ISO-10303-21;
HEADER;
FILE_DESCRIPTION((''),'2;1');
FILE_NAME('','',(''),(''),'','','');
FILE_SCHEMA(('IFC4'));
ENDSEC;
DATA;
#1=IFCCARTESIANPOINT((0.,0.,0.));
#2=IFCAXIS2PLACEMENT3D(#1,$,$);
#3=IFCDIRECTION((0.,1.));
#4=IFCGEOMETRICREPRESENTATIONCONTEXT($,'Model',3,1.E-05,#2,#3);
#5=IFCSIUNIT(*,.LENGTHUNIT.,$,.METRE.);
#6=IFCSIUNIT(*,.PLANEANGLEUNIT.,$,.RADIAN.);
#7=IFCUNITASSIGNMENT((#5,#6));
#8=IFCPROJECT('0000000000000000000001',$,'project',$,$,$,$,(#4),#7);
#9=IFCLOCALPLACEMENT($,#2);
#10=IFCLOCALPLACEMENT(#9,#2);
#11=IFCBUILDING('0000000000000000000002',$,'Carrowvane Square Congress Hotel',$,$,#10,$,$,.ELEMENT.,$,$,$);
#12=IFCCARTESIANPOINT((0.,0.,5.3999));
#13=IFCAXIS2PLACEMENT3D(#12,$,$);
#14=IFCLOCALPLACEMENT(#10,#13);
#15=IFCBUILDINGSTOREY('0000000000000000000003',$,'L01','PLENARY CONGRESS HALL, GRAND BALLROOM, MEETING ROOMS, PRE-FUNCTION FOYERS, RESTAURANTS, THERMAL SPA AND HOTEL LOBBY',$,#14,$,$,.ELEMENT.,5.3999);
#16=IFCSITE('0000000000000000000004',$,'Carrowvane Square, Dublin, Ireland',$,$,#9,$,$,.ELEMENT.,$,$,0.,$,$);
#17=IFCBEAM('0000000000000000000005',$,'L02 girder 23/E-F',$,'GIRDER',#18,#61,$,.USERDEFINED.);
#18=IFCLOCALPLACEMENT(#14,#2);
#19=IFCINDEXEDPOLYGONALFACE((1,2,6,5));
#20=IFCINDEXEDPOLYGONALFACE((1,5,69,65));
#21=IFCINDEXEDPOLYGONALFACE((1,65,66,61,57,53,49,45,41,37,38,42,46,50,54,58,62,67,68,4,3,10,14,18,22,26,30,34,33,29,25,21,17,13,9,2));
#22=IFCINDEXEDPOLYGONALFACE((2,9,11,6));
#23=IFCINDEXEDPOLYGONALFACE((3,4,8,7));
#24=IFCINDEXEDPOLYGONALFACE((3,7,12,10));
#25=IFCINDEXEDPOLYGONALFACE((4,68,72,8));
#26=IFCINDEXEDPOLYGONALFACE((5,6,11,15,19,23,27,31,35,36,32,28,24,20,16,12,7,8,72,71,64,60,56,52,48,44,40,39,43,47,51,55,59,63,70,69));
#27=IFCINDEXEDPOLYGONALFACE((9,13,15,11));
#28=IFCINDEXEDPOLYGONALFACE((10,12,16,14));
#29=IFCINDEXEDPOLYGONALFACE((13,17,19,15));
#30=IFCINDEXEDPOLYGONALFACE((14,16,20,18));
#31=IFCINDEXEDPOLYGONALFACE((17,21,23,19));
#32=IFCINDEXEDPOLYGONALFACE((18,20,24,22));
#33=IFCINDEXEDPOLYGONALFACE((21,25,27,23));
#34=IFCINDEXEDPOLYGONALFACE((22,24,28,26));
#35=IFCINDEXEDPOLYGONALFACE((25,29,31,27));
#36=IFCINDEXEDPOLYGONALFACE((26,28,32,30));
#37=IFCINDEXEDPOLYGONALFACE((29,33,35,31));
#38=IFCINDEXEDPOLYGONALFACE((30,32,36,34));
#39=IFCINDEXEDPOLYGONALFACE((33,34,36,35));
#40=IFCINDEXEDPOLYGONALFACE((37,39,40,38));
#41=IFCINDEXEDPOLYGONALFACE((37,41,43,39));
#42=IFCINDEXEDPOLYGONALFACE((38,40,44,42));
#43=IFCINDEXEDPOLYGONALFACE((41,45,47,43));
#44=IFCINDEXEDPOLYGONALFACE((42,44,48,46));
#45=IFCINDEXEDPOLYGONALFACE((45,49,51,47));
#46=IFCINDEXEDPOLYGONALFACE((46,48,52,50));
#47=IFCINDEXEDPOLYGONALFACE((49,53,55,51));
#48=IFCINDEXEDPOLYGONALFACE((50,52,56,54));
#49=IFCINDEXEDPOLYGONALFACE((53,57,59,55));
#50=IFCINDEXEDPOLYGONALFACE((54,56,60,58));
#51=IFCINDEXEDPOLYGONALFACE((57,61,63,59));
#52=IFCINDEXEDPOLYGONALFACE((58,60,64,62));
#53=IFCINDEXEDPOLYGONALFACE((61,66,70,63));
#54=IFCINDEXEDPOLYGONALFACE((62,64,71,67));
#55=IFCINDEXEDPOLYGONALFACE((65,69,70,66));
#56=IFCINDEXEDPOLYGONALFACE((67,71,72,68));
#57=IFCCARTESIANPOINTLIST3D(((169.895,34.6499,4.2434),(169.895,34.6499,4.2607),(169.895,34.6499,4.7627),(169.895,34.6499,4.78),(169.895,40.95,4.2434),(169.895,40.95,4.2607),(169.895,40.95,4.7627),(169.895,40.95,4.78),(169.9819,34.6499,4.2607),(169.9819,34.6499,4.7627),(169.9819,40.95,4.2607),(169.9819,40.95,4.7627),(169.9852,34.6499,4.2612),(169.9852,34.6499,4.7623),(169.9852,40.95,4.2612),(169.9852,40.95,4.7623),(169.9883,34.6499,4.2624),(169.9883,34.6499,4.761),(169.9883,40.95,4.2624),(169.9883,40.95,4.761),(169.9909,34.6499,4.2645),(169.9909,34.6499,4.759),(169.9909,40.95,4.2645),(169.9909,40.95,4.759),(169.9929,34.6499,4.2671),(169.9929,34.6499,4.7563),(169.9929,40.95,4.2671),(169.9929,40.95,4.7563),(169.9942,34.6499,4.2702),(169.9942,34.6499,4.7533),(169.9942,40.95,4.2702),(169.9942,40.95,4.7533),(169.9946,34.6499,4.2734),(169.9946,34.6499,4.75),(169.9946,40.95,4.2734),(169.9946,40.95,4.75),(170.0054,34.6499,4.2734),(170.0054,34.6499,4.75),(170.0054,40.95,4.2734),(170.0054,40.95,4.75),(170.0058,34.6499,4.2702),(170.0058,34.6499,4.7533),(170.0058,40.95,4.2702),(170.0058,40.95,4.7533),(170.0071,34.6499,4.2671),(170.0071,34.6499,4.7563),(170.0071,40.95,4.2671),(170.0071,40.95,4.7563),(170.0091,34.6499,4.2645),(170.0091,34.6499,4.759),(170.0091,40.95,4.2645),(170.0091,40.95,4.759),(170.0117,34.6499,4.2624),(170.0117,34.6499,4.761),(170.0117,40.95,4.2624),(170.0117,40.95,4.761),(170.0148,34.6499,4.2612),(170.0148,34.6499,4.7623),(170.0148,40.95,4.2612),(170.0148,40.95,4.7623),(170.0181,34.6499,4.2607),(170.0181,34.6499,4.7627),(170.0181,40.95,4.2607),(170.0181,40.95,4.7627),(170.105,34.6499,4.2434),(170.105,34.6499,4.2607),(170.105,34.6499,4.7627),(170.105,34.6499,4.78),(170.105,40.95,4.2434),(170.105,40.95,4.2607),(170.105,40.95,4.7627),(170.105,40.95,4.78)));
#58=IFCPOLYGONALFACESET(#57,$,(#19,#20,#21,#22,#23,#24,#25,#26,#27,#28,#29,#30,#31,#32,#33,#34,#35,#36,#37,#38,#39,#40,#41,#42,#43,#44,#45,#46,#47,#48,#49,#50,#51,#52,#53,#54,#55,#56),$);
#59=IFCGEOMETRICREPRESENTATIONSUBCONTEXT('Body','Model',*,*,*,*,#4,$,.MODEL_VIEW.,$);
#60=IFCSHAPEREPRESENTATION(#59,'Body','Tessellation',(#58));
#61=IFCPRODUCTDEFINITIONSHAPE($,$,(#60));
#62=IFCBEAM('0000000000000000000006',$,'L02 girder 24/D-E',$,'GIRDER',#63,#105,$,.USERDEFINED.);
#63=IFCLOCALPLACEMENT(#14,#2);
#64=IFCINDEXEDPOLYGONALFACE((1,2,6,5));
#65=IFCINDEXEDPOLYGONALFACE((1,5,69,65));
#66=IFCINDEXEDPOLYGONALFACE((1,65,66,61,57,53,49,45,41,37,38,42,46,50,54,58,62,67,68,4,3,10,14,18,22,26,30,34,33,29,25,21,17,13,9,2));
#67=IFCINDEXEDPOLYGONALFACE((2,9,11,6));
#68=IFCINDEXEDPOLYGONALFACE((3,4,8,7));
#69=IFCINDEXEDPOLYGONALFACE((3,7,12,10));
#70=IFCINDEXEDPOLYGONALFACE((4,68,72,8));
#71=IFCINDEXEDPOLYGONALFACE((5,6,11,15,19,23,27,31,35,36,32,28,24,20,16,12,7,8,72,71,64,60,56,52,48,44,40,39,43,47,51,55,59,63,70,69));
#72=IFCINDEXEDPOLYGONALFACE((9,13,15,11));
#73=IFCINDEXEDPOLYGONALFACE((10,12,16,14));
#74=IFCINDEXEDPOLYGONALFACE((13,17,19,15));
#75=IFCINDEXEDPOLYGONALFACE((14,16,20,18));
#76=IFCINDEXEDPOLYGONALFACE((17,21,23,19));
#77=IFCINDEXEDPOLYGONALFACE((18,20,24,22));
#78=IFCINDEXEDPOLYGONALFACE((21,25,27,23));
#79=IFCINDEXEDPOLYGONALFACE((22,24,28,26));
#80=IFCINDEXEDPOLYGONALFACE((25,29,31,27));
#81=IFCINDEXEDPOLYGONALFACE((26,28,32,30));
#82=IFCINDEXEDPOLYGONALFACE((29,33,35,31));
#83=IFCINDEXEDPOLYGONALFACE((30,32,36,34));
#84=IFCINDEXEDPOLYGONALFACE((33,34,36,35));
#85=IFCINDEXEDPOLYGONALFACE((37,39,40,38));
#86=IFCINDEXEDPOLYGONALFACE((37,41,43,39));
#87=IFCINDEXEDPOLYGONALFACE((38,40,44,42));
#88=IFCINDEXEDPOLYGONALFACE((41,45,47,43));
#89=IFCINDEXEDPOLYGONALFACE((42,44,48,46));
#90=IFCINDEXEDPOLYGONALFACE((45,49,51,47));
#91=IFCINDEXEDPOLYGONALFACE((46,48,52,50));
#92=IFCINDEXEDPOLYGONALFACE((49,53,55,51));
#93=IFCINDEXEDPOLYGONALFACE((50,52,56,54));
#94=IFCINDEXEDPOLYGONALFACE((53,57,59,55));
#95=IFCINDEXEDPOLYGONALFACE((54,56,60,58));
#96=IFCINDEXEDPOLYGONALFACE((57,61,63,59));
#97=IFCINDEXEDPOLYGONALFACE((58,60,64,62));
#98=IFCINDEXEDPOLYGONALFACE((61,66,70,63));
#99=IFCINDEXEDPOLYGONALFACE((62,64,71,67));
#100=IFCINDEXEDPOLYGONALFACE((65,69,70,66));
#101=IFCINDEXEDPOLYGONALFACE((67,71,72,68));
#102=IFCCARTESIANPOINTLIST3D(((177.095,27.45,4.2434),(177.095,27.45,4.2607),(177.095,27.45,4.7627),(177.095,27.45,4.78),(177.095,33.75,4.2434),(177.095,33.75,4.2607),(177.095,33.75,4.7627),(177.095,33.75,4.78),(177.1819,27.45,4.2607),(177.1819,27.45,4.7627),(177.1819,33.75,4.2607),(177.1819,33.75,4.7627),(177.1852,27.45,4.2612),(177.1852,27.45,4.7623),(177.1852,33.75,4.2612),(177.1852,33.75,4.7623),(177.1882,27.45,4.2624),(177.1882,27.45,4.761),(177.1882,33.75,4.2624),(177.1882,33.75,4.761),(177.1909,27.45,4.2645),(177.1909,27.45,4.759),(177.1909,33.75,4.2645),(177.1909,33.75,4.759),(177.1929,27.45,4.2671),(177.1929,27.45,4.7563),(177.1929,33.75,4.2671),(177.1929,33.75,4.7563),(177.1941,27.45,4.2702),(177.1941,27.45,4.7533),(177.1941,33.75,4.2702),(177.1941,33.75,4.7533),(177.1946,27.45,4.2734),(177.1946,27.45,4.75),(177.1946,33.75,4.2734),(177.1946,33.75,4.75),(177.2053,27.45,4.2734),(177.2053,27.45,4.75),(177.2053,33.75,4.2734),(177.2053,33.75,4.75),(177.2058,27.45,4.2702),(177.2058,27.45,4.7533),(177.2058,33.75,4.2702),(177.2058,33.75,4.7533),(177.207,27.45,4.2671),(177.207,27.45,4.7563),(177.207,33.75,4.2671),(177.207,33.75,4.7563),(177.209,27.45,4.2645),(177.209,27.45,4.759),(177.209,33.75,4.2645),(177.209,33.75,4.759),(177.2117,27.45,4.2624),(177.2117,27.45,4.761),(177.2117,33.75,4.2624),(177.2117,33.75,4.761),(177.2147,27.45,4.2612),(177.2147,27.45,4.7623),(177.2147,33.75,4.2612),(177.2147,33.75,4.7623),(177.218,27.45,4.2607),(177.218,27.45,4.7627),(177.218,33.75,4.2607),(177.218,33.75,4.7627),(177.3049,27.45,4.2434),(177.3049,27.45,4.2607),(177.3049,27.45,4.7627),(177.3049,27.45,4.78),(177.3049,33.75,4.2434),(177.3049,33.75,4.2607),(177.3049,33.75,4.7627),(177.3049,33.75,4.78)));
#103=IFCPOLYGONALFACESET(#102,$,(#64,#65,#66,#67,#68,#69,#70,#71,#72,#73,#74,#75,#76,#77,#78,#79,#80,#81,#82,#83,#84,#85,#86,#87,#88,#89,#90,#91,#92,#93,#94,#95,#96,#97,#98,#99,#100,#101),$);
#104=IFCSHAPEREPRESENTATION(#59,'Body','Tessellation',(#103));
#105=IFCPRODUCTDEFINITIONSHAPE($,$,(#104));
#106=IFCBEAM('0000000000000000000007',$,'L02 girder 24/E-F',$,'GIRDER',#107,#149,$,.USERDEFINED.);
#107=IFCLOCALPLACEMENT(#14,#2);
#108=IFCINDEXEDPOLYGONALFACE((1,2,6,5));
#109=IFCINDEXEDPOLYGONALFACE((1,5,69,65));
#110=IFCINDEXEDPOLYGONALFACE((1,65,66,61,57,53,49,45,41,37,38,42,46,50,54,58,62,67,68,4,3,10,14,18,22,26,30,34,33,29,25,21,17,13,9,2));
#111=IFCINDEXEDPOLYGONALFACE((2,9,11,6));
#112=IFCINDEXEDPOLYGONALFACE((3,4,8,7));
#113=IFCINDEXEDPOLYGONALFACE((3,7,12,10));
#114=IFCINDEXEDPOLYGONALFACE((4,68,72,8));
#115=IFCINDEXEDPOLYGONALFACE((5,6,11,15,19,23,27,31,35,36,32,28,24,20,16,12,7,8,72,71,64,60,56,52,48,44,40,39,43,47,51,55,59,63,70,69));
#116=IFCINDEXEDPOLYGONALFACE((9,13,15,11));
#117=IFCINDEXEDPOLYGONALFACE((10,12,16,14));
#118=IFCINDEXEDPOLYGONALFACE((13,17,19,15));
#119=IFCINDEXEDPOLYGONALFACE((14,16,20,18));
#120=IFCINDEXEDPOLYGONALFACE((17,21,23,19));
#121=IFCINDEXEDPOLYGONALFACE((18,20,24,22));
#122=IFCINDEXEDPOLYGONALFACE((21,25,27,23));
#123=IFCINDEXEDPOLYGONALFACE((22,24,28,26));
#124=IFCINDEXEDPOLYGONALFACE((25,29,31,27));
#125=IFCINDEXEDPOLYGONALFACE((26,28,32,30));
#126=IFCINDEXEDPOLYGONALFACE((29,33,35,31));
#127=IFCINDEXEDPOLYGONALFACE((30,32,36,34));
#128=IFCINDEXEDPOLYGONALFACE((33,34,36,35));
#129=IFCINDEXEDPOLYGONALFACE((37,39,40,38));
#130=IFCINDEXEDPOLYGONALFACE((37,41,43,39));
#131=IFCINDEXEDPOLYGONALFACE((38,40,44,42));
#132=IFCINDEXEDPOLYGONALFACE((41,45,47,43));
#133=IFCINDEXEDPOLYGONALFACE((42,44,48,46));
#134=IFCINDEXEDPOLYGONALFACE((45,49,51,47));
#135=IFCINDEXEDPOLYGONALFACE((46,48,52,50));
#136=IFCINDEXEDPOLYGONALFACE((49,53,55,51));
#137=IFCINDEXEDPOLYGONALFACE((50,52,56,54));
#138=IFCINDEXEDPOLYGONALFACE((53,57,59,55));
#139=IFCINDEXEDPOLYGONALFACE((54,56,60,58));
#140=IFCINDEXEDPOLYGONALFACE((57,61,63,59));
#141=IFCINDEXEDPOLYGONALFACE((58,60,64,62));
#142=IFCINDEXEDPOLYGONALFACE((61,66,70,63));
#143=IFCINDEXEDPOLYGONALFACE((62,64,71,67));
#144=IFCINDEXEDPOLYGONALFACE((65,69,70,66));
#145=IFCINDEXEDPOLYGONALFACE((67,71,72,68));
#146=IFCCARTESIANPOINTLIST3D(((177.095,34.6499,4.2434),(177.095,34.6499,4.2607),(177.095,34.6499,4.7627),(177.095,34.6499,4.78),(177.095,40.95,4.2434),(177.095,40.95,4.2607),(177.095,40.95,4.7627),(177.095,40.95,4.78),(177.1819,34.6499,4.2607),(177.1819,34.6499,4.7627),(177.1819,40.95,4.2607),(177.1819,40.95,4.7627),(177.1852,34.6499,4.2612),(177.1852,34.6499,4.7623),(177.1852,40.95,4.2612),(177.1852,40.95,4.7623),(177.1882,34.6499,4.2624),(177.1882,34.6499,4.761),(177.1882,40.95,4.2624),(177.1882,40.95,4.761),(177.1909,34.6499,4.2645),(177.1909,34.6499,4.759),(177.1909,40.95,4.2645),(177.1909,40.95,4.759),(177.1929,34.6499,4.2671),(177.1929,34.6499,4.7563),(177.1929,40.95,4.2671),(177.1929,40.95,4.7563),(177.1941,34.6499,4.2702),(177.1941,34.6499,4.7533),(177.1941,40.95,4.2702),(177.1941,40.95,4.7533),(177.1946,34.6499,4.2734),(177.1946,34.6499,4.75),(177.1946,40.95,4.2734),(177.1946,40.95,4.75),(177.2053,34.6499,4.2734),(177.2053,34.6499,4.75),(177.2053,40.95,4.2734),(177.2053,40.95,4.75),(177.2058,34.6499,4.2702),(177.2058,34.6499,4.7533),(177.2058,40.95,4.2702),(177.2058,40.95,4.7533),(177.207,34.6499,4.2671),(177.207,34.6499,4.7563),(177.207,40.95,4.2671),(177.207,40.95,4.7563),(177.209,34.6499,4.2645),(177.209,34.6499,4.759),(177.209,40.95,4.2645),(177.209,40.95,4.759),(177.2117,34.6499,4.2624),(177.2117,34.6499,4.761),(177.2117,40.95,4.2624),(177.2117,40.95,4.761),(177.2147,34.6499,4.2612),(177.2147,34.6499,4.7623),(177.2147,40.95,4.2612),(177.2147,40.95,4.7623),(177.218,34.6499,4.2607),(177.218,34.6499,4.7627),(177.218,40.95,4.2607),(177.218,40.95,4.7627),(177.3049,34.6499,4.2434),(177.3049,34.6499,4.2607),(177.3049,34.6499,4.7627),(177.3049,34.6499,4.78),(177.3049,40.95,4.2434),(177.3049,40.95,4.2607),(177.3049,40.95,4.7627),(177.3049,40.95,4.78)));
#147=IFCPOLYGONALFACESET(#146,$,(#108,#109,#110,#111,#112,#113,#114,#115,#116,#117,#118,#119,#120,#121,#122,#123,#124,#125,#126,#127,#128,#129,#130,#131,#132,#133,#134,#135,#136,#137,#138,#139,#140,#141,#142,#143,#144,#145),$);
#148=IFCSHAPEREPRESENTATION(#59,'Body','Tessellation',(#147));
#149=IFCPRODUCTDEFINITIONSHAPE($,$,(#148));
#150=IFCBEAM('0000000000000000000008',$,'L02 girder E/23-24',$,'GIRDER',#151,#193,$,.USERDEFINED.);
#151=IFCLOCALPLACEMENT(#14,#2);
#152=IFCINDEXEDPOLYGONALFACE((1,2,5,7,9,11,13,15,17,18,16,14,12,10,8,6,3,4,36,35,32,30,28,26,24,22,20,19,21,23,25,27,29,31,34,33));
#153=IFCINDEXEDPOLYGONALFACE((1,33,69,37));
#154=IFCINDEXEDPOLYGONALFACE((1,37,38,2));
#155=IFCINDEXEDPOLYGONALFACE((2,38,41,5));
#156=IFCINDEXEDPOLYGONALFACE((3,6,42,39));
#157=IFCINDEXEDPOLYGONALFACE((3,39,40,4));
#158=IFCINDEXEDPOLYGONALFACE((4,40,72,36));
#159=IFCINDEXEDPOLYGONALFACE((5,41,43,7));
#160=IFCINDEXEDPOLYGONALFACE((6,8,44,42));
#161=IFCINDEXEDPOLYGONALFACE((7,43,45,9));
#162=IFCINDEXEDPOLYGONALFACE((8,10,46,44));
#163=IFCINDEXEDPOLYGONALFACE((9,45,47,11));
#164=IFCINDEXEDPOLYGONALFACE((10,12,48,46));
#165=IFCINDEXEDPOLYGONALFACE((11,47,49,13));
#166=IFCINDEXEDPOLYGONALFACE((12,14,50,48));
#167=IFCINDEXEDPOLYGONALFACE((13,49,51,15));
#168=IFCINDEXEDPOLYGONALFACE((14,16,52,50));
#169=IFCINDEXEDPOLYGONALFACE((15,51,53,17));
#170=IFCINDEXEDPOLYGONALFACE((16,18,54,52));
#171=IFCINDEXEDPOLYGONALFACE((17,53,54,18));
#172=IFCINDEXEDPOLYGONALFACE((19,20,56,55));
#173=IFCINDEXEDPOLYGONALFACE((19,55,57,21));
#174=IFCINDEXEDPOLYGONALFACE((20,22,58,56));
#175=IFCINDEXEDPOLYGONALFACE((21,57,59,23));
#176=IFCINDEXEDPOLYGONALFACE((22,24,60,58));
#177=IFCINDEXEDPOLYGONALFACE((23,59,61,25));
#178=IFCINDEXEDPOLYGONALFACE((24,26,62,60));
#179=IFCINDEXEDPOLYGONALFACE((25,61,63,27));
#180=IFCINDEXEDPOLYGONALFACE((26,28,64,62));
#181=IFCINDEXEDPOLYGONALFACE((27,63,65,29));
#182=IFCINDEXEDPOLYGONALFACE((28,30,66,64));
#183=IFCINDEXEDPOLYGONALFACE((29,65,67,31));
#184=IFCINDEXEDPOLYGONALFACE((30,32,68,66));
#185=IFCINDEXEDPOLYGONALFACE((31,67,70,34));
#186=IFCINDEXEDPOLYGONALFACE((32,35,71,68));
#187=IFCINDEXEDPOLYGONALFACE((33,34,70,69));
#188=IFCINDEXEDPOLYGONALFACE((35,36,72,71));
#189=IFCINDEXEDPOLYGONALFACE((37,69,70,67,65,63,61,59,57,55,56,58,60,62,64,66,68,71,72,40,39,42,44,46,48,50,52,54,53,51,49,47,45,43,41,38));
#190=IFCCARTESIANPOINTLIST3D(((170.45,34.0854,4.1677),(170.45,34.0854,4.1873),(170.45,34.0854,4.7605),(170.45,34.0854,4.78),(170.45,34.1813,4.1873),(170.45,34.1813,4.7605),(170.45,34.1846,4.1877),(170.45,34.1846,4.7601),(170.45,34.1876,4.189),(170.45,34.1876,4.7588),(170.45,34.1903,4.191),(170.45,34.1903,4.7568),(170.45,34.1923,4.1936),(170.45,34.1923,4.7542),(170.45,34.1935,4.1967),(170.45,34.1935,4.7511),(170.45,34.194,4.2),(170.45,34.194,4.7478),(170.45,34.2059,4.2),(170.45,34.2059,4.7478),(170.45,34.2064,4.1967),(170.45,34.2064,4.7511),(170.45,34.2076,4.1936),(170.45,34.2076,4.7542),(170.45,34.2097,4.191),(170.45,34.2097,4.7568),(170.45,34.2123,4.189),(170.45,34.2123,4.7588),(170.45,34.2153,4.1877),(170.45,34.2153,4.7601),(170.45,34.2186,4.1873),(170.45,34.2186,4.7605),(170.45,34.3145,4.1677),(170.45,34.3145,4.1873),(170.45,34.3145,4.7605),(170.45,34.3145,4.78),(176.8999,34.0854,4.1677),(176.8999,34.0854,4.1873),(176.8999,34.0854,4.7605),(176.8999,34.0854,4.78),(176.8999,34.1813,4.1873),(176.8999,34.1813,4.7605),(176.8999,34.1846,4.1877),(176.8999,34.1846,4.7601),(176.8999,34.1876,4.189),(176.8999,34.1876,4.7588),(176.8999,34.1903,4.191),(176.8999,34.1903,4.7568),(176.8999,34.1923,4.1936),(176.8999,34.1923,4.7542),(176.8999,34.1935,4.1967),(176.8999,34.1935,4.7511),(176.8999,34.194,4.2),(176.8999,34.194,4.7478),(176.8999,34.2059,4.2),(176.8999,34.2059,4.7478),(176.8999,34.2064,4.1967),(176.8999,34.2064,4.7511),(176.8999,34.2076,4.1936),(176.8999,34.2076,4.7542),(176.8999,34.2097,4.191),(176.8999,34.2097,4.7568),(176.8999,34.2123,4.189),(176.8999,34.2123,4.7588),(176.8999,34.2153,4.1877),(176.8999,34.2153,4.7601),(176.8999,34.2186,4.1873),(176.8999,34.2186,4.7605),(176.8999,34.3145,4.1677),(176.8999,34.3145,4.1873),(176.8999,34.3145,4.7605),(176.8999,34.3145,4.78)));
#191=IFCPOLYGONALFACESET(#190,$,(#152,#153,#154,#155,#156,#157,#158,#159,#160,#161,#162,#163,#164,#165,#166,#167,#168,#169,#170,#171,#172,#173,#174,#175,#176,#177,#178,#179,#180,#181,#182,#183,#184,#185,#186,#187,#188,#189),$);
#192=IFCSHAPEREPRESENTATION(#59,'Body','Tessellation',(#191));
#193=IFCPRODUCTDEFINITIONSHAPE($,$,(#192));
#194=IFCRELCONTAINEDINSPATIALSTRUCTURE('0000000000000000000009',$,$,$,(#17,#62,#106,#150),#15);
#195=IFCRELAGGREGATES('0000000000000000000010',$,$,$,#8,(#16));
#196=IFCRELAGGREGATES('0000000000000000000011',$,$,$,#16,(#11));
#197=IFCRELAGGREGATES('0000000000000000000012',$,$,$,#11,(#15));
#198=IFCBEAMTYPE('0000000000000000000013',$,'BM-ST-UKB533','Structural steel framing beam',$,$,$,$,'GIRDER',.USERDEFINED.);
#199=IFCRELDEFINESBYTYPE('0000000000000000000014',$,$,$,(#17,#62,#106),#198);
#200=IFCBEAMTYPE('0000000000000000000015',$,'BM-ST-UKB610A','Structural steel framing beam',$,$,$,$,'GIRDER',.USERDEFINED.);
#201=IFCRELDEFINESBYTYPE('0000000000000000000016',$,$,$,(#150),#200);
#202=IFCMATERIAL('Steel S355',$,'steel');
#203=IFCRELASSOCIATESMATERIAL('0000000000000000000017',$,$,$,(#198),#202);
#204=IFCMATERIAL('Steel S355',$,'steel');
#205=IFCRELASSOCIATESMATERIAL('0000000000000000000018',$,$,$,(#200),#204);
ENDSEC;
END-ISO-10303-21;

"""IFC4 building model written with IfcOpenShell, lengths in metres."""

from ifc_helpers import new_model, si_unit, direction, frame, origin, origin_2d, place, context, subcontext, project, spatial, i_section, extrude, material, material_profile, profile_set, type_object, element, save


model = new_model("IFC4")

# Units and contexts
model_context = context("Model", 3, precision=1e-05, world=origin(), true_north=direction((0.0, 1.0)))
body_context = subcontext(model_context, "Body", "Model", "MODEL_VIEW")
ifc_project = project(units=[si_unit("LENGTHUNIT", "METRE"), si_unit("PLANEANGLEUNIT", "RADIAN")], contexts=[model_context])

# Site, building, storey
site_placement = place(None, origin())
site = spatial("IfcSite", under=ifc_project, at=site_placement, Name="Carrowvane Square, Dublin, Ireland", CompositionType="ELEMENT", RefElevation=0.0)
building_placement = place(site_placement, origin())
building = spatial("IfcBuilding", under=site, at=building_placement, Name="Carrowvane Square Congress Hotel", CompositionType="ELEMENT")
storey_placement = place(building_placement, frame((0.0, 0.0, 5.3999)))
storey = spatial("IfcBuildingStorey", under=building, at=storey_placement, Name="L01", Description="PLENARY CONGRESS HALL, GRAND BALLROOM, MEETING ROOMS, PRE-FUNCTION FOYERS, RESTAURANTS, THERMAL SPA AND HOTEL LOBBY", CompositionType="ELEMENT", Elevation=5.3999)

# Beams
ifc_material_1 = material(Name="Steel S355", Category="steel")
ifc_material_profile_1 = material_profile(ifc_material_1, i_section(OverallWidth=0.21, OverallDepth=0.5366, WebThickness=0.0107, FlangeThickness=0.0173, FilletRadius=0.0127, at=origin_2d()), Name="UKB 533x210x101")
ifc_profile_set_1 = profile_set([ifc_material_profile_1], Name="Steel S355")
beam_type_1 = type_object("IfcBeamType", Name="BM-ST-UKB533", Description="Structural steel framing beam", ElementType="GIRDER", PredefinedType="USERDEFINED", material=ifc_profile_set_1)
for number, where, z_axis, x_axis, name in (
    (1, (170.0, 34.6499, 4.5117), (0.0, 1.0, 0.0), (-1.0, 0.0, 0.0), "L02 girder 23/E-F"),
    (2, (177.2, 27.45, 4.5117), (0.0, 1.0, 0.0), (-1.0, 0.0, 0.0), "L02 girder 24/D-E"),
    (3, (177.2, 34.6499, 4.5117), (0.0, 1.0, 0.0), (-1.0, 0.0, 0.0), "L02 girder 24/E-F"),
):
    element("IfcBeam", number, at=place(storey_placement, frame(where, z_axis=z_axis, x_axis=x_axis)), inside=storey, type_object=beam_type_1, Name=name, ObjectType="GIRDER", PredefinedType="USERDEFINED", context=body_context, shape_type="SweptSolid", body=[
        extrude(i_section(OverallWidth=0.21, OverallDepth=0.5366, WebThickness=0.0107, FlangeThickness=0.0173, FilletRadius=0.0127, at=origin_2d()), origin(), (0.0, 0.0, 1.0), 6.3),
    ])
ifc_material_2 = material(Name="Steel S355", Category="steel")
ifc_material_profile_2 = material_profile(ifc_material_2, i_section(OverallWidth=0.229, OverallDepth=0.6123, WebThickness=0.012, FlangeThickness=0.0195, FilletRadius=0.0127, at=origin_2d()), Name="UKB 610x229x125")
ifc_profile_set_2 = profile_set([ifc_material_profile_2], Name="Steel S355")
beam_type_2 = type_object("IfcBeamType", Name="BM-ST-UKB610A", Description="Structural steel framing beam", ElementType="GIRDER", PredefinedType="USERDEFINED", material=ifc_profile_set_2)
beam_1_placement = place(storey_placement, frame((170.45, 34.2, 4.4739), z_axis=(1.0, 0.0, 0.0), x_axis=(0.0, 1.0, 0.0)))
element("IfcBeam", 4, at=beam_1_placement, inside=storey, type_object=beam_type_2, Name="L02 girder E/23-24", ObjectType="GIRDER", PredefinedType="USERDEFINED", context=body_context, shape_type="SweptSolid", body=[
    extrude(i_section(OverallWidth=0.229, OverallDepth=0.6123, WebThickness=0.012, FlangeThickness=0.0195, FilletRadius=0.0127, at=origin_2d()), origin(), (0.0, 0.0, 1.0), 6.45),
])

save(model, "model.ifc")
